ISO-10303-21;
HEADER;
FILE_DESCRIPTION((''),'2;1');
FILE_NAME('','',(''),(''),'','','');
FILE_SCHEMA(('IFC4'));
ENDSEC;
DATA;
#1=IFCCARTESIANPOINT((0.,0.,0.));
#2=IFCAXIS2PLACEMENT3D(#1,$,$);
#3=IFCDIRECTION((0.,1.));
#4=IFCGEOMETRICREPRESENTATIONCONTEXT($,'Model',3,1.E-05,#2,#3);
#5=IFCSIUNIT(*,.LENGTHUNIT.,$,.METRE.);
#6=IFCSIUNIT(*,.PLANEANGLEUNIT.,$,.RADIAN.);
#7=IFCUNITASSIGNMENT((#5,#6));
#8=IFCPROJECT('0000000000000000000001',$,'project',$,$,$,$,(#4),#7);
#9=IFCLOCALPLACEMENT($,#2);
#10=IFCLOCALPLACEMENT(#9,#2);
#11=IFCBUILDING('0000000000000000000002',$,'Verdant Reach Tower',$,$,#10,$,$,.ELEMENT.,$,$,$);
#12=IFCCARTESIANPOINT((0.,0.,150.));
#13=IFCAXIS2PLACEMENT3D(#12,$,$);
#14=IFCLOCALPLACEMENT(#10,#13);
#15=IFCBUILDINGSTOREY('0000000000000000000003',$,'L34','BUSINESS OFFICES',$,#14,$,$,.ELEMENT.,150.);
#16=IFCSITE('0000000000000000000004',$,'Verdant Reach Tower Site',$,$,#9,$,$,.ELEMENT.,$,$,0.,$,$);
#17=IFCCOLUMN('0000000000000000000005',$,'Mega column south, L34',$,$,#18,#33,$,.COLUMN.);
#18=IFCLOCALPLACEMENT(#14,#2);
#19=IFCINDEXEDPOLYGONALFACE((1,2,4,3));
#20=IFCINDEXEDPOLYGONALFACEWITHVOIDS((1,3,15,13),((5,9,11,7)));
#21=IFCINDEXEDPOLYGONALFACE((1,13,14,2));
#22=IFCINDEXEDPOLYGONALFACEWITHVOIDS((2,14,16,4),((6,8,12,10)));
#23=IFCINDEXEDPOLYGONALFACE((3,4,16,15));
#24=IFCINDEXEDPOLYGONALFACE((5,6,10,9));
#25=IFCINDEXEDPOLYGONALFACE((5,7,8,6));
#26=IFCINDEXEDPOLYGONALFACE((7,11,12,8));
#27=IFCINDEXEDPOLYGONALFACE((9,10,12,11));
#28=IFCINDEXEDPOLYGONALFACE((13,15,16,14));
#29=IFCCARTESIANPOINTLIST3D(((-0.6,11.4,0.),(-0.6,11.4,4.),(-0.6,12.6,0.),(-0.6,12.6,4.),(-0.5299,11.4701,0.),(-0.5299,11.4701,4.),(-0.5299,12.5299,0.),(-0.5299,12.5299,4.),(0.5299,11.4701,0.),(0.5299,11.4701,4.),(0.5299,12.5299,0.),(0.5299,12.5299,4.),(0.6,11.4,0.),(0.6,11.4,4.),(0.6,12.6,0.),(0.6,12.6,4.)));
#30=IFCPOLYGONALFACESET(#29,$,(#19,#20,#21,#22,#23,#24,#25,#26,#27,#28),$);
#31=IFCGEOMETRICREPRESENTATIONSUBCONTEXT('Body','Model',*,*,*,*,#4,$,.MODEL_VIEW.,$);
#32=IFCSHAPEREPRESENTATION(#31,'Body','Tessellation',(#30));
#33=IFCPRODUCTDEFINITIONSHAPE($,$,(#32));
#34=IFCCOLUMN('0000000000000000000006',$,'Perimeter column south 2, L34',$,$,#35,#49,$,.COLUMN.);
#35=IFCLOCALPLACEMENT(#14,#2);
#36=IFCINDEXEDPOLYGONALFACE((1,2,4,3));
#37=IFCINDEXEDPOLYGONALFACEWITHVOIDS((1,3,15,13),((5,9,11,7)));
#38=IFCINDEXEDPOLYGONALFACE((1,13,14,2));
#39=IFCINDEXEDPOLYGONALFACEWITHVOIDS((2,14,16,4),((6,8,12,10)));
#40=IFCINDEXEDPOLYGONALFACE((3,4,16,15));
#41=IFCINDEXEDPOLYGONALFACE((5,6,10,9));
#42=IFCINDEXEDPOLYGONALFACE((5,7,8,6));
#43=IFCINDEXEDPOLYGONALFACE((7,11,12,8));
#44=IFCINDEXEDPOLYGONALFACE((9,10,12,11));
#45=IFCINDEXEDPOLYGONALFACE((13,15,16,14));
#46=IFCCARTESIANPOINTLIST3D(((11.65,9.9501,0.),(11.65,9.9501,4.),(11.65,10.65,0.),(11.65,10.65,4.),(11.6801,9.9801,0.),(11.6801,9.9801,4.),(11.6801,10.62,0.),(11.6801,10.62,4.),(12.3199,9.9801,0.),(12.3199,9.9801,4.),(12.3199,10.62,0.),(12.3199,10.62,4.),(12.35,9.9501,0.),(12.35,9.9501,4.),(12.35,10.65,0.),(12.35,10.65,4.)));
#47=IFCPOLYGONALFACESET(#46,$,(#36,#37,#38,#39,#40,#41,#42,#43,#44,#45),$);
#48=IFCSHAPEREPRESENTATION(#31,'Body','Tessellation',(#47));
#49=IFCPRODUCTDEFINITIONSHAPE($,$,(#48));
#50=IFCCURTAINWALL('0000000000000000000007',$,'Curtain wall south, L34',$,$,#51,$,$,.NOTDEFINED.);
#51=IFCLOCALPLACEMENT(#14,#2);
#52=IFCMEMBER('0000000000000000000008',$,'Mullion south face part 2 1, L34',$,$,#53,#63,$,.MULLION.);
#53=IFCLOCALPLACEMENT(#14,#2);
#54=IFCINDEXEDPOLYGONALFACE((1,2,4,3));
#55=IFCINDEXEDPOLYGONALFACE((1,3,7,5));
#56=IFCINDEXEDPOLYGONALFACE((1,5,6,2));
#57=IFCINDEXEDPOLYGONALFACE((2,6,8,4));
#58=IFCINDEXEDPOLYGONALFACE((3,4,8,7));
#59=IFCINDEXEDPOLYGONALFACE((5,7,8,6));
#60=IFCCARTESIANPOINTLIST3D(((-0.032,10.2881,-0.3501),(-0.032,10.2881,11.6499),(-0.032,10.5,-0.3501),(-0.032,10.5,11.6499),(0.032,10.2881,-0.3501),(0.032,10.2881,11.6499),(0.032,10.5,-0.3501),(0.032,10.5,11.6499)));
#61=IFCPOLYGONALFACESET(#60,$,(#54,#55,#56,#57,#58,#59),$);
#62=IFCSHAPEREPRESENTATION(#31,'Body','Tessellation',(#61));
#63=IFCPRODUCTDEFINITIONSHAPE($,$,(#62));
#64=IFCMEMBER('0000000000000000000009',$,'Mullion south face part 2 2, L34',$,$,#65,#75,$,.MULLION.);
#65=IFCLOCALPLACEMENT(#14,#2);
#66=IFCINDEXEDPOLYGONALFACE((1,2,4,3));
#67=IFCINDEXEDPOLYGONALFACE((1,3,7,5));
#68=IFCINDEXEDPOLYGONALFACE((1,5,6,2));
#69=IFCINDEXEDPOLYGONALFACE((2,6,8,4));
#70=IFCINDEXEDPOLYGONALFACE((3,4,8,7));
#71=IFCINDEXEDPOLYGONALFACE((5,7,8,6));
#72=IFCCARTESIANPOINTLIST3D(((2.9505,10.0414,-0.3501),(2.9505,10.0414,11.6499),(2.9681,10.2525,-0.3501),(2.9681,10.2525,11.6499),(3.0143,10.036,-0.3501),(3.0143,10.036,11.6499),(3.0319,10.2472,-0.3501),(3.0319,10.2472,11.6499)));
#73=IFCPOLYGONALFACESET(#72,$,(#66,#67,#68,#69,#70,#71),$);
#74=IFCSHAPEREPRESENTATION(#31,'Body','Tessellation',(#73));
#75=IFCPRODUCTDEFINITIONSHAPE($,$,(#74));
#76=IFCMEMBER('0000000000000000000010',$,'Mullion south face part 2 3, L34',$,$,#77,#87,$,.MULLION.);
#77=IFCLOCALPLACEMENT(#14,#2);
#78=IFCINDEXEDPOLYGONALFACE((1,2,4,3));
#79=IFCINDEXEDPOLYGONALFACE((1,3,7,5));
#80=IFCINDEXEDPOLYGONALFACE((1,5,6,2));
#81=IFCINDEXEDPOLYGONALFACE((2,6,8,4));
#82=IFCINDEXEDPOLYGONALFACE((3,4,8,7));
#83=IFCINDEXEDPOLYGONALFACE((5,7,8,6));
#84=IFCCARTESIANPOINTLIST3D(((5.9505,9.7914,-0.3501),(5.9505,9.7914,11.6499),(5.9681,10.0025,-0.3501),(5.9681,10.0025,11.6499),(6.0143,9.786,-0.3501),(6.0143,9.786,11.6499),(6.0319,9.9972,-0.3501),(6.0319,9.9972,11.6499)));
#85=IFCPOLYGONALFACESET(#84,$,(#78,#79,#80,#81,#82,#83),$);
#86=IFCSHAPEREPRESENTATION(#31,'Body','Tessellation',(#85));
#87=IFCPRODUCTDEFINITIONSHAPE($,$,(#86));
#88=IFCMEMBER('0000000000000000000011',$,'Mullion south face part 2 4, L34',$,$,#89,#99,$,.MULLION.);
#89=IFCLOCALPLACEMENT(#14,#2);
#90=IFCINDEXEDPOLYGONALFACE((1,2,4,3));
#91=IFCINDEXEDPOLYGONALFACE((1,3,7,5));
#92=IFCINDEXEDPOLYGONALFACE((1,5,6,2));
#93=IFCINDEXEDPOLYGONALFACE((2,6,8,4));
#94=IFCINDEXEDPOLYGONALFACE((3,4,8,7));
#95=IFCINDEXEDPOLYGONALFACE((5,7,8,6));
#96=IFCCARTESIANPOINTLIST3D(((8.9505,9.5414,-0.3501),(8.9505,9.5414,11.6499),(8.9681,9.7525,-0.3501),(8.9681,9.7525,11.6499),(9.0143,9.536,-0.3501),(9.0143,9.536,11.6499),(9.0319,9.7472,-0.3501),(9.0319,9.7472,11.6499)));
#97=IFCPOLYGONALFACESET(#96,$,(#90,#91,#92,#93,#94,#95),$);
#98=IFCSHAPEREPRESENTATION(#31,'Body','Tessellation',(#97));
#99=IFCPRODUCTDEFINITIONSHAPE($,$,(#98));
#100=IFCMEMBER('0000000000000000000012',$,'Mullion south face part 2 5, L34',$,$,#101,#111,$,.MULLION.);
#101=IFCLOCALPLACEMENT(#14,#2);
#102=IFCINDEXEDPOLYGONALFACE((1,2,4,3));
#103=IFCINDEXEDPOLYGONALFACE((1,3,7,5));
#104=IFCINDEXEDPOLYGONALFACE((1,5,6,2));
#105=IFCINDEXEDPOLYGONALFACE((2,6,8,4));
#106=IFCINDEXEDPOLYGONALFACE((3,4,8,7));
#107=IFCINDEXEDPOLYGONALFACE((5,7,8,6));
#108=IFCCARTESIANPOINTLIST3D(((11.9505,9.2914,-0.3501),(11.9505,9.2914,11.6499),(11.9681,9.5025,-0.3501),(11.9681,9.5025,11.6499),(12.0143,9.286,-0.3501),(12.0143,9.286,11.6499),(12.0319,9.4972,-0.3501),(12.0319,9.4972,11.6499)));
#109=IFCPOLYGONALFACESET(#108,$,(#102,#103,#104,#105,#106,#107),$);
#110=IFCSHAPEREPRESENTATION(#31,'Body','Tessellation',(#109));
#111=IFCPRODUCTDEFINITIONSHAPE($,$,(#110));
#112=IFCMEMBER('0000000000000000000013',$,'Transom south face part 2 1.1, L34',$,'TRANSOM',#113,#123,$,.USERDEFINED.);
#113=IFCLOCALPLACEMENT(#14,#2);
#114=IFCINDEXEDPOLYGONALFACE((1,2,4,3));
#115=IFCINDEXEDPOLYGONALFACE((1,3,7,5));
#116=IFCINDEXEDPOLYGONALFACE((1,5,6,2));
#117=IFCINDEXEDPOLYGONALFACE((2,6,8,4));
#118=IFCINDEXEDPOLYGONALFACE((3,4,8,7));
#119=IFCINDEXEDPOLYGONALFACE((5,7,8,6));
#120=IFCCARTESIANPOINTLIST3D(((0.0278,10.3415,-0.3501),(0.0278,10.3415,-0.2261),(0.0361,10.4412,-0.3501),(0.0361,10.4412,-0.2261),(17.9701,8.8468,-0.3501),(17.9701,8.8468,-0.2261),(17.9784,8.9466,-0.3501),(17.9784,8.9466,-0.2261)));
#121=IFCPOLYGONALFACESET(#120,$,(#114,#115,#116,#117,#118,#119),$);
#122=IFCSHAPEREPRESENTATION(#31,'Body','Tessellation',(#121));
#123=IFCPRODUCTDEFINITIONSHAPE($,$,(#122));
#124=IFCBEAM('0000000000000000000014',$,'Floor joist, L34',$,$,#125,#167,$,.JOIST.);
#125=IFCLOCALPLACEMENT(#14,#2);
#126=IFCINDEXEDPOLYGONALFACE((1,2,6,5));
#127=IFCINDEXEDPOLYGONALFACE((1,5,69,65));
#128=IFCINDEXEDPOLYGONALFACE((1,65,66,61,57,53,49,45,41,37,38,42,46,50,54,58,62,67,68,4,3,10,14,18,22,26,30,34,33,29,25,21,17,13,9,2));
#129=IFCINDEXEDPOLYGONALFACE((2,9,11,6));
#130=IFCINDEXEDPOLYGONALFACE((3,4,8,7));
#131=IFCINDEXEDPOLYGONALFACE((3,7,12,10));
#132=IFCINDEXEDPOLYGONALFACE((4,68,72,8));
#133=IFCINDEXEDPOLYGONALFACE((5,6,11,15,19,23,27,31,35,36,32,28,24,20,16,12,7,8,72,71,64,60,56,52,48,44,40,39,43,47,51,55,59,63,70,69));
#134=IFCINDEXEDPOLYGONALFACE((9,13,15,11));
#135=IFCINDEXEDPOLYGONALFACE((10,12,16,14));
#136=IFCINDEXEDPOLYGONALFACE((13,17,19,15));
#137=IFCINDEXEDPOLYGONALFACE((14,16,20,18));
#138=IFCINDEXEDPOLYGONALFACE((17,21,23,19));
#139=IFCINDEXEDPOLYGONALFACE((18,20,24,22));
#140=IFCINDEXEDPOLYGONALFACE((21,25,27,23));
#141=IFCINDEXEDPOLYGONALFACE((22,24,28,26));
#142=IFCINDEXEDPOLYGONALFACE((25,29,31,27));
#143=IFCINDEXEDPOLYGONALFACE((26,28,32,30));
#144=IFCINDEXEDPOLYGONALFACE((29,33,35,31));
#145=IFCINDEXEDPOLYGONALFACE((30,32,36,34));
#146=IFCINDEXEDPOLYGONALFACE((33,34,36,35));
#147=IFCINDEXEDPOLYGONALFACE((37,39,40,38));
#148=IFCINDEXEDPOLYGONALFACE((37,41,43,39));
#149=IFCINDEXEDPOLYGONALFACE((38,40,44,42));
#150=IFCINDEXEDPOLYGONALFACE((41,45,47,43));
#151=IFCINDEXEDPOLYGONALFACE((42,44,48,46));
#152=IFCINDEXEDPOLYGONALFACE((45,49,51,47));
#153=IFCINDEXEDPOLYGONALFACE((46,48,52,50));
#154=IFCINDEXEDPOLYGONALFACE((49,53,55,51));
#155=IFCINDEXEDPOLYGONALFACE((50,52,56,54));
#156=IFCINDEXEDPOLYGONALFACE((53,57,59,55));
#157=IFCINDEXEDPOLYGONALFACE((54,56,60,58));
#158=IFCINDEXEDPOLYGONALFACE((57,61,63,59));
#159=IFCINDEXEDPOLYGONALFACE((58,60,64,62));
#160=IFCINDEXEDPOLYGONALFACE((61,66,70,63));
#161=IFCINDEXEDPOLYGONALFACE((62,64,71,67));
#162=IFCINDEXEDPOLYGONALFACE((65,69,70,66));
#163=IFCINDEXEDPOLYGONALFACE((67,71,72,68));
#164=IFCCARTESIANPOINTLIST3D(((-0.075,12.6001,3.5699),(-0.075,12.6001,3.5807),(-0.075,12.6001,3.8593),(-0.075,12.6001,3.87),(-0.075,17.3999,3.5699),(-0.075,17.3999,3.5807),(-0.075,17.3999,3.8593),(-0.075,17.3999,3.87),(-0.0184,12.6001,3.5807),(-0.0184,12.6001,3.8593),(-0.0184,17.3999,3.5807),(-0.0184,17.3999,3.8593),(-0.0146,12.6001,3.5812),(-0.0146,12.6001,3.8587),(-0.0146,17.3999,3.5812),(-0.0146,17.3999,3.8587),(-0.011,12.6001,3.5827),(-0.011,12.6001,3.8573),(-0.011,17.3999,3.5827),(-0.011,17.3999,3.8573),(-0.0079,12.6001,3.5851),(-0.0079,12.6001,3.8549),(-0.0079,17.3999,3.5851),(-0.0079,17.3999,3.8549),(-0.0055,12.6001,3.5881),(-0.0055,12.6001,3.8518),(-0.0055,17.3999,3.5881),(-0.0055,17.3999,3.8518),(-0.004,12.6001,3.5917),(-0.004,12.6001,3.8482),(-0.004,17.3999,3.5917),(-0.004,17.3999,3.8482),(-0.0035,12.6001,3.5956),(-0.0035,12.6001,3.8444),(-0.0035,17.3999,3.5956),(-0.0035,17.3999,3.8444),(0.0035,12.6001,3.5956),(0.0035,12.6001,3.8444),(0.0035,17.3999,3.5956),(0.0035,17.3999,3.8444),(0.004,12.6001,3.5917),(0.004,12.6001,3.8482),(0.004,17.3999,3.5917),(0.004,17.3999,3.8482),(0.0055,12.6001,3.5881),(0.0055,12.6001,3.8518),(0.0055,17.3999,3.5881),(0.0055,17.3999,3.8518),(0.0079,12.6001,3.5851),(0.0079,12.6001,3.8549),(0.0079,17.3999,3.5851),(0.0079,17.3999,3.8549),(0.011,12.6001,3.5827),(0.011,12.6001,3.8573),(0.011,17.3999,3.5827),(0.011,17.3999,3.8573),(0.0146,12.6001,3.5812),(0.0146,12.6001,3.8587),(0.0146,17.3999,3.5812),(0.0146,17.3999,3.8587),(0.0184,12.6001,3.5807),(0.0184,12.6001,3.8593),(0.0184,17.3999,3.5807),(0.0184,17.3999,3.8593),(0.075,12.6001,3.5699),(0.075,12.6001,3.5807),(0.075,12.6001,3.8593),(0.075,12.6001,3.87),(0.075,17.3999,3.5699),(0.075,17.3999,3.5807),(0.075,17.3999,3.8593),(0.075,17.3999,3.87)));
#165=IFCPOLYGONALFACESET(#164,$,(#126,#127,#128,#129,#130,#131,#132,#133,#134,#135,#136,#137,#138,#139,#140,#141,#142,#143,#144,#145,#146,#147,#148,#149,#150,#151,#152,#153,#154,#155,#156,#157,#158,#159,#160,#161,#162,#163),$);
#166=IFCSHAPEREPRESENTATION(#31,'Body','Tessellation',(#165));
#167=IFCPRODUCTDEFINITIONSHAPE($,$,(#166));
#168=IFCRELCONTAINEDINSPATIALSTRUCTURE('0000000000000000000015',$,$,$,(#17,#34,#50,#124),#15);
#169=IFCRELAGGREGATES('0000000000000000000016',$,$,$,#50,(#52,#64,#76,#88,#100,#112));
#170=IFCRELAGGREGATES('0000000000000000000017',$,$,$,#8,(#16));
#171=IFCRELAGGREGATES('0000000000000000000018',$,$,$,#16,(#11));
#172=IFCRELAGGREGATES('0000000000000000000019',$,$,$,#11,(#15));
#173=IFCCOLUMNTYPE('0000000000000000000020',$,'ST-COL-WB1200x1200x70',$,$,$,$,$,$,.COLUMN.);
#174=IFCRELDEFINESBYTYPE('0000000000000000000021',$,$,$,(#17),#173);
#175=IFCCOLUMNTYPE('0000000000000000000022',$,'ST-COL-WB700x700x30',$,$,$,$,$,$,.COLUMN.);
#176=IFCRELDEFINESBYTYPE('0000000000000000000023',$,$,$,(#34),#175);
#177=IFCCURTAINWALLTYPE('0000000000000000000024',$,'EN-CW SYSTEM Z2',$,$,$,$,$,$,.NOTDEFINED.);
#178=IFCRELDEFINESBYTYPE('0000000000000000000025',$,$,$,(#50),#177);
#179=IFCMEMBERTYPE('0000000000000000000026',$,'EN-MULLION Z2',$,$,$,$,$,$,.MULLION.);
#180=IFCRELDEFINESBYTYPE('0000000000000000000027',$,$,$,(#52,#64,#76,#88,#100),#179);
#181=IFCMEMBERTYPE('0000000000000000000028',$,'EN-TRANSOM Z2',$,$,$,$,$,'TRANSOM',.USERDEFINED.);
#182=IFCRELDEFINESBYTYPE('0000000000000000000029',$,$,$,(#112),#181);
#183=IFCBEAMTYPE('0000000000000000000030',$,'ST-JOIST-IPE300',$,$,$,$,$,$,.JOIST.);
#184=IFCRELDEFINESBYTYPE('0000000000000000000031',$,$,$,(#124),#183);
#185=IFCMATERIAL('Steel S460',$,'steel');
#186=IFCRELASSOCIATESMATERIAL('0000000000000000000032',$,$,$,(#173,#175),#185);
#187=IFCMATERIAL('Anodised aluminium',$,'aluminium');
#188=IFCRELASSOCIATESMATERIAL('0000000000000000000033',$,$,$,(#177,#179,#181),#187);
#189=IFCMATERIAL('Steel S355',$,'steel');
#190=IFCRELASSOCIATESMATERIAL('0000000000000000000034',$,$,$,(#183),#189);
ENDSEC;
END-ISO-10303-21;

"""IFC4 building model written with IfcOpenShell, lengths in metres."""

from ifc_helpers import new_model, si_unit, direction, frame, origin, origin_2d, place, context, subcontext, project, spatial, rectangle, hollow_rectangle, i_section, extrude, material, material_profile, profile_set, type_object, element, aggregate, save


model = new_model("IFC4")

# Units and contexts
model_context = context("Model", 3, precision=1e-05, world=origin(), true_north=direction((0.0, 1.0)))
body_context = subcontext(model_context, "Body", "Model", "MODEL_VIEW")
ifc_project = project(units=[si_unit("LENGTHUNIT", "METRE"), si_unit("PLANEANGLEUNIT", "RADIAN")], contexts=[model_context])

# Site, building, storey
site_placement = place(None, origin())
site = spatial("IfcSite", under=ifc_project, at=site_placement, Name="Verdant Reach Tower Site", CompositionType="ELEMENT", RefElevation=0.0)
building_placement = place(site_placement, origin())
building = spatial("IfcBuilding", under=site, at=building_placement, Name="Verdant Reach Tower", CompositionType="ELEMENT")
storey_placement = place(building_placement, frame((0.0, 0.0, 150.0)))
storey = spatial("IfcBuildingStorey", under=building, at=storey_placement, Name="L34", Description="BUSINESS OFFICES", CompositionType="ELEMENT", Elevation=150.0)

# Columns
ifc_material_1 = material(Name="Steel S460", Category="steel")
ifc_material_profile_1 = material_profile(ifc_material_1, hollow_rectangle(XDim=1.2, YDim=1.2, WallThickness=0.0701, at=origin_2d()), Name="WB 1200x1200x70")
ifc_profile_set_1 = profile_set([ifc_material_profile_1], Name="Steel S460")
column_type_1 = type_object("IfcColumnType", Name="ST-COL-WB1200x1200x70", PredefinedType="COLUMN", material=ifc_profile_set_1)
column_1_placement = place(storey_placement, frame((0.0, 12.0, 0.0), z_axis=(0.0, 0.0, 1.0), x_axis=(1.0, 0.0, 0.0)))
element("IfcColumn", 1, at=column_1_placement, inside=storey, type_object=column_type_1, Name="Mega column south, L34", PredefinedType="COLUMN", context=body_context, shape_type="SweptSolid", body=[
    extrude(hollow_rectangle(XDim=1.2, YDim=1.2, WallThickness=0.0701, at=origin_2d()), origin(), (0.0, 0.0, 1.0), 4.0),
])
ifc_material_profile_2 = material_profile(ifc_material_1, hollow_rectangle(XDim=0.7, YDim=0.7, WallThickness=0.03, at=origin_2d()), Name="WB 700x700x30")
ifc_profile_set_2 = profile_set([ifc_material_profile_2], Name="Steel S460")
column_type_2 = type_object("IfcColumnType", Name="ST-COL-WB700x700x30", PredefinedType="COLUMN", material=ifc_profile_set_2)
column_2_placement = place(storey_placement, frame((12.0, 10.3, 0.0), z_axis=(0.0, 0.0, 1.0), x_axis=(1.0, 0.0, 0.0)))
element("IfcColumn", 2, at=column_2_placement, inside=storey, type_object=column_type_2, Name="Perimeter column south 2, L34", PredefinedType="COLUMN", context=body_context, shape_type="SweptSolid", body=[
    extrude(hollow_rectangle(XDim=0.7, YDim=0.7, WallThickness=0.03, at=origin_2d()), origin(), (0.0, 0.0, 1.0), 4.0),
])

# Curtain wall, members
ifc_material_2 = material(Name="Anodised aluminium", Category="aluminium")
curtain_wall_type = type_object("IfcCurtainWallType", Name="EN-CW SYSTEM Z2", PredefinedType="NOTDEFINED", material=ifc_material_2)
curtain_wall_placement = place(storey_placement, origin())
curtain_wall = element("IfcCurtainWall", 3, at=curtain_wall_placement, inside=storey, type_object=curtain_wall_type, Name="Curtain wall south, L34", PredefinedType="NOTDEFINED")
ifc_material_profile_3 = material_profile(ifc_material_2, rectangle(XDim=0.2119, YDim=0.064, at=origin_2d()), Name="Mullion 64x212")
ifc_profile_set_3 = profile_set([ifc_material_profile_3], Name="Anodised aluminium")
member_type_1 = type_object("IfcMemberType", Name="EN-MULLION Z2", PredefinedType="MULLION", material=ifc_profile_set_3)
member_1_placement = place(storey_placement, frame((0.0, 10.394, -0.3501), z_axis=(0.0, 0.0, 1.0), x_axis=(0.0, -1.0, 0.0)))
member_1 = element("IfcMember", 4, at=member_1_placement, type_object=member_type_1, Name="Mullion south face part 2 1, L34", PredefinedType="MULLION", context=body_context, shape_type="SweptSolid", body=[
    extrude(rectangle(XDim=0.2119, YDim=0.064, at=origin_2d()), origin(), (0.0, 0.0, 1.0), 12.0),
])
member_2_placement = place(storey_placement, frame((2.9912, 10.1443, -0.3501), z_axis=(0.0, 0.0, 1.0), x_axis=(-0.083045, -0.996546, 0.0)))
member_2 = element("IfcMember", 5, at=member_2_placement, type_object=member_type_1, Name="Mullion south face part 2 2, L34", PredefinedType="MULLION", context=body_context, shape_type="SweptSolid", body=[
    extrude(rectangle(XDim=0.2119, YDim=0.064, at=origin_2d()), origin(), (0.0, 0.0, 1.0), 12.0),
])
member_3_placement = place(storey_placement, frame((5.9912, 9.8943, -0.3501), z_axis=(0.0, 0.0, 1.0), x_axis=(-0.083045, -0.996546, 0.0)))
member_3 = element("IfcMember", 6, at=member_3_placement, type_object=member_type_1, Name="Mullion south face part 2 3, L34", PredefinedType="MULLION", context=body_context, shape_type="SweptSolid", body=[
    extrude(rectangle(XDim=0.2119, YDim=0.064, at=origin_2d()), origin(), (0.0, 0.0, 1.0), 12.0),
])
member_4_placement = place(storey_placement, frame((8.9912, 9.6443, -0.3501), z_axis=(0.0, 0.0, 1.0), x_axis=(-0.083045, -0.996546, 0.0)))
member_4 = element("IfcMember", 7, at=member_4_placement, type_object=member_type_1, Name="Mullion south face part 2 4, L34", PredefinedType="MULLION", context=body_context, shape_type="SweptSolid", body=[
    extrude(rectangle(XDim=0.2119, YDim=0.064, at=origin_2d()), origin(), (0.0, 0.0, 1.0), 12.0),
])
member_5_placement = place(storey_placement, frame((11.9912, 9.3943, -0.3501), z_axis=(0.0, 0.0, 1.0), x_axis=(-0.083045, -0.996546, 0.0)))
member_5 = element("IfcMember", 8, at=member_5_placement, type_object=member_type_1, Name="Mullion south face part 2 5, L34", PredefinedType="MULLION", context=body_context, shape_type="SweptSolid", body=[
    extrude(rectangle(XDim=0.2119, YDim=0.064, at=origin_2d()), origin(), (0.0, 0.0, 1.0), 12.0),
])
ifc_material_profile_4 = material_profile(ifc_material_2, rectangle(XDim=0.1001, YDim=0.124, at=origin_2d()), Name="Transom 124x100")
ifc_profile_set_4 = profile_set([ifc_material_profile_4], Name="Anodised aluminium")
member_type_2 = type_object("IfcMemberType", Name="EN-TRANSOM Z2", ElementType="TRANSOM", PredefinedType="USERDEFINED", material=ifc_profile_set_4)
member_6_placement = place(storey_placement, frame((0.032, 10.3914, -0.2881), z_axis=(0.996548, -0.083015, 0.0), x_axis=(0.083015, 0.996548, 0.0)))
member_6 = element("IfcMember", 9, at=member_6_placement, type_object=member_type_2, Name="Transom south face part 2 1.1, L34", ObjectType="TRANSOM", PredefinedType="USERDEFINED", context=body_context, shape_type="SweptSolid", body=[
    extrude(rectangle(XDim=0.1001, YDim=0.124, at=origin_2d()), origin(), (0.0, 0.0, 1.0), 18.0044),
])

# Beam
ifc_material_3 = material(Name="Steel S355", Category="steel")
ifc_material_profile_5 = material_profile(ifc_material_3, i_section(OverallWidth=0.1499, OverallDepth=0.3, WebThickness=0.0071, FlangeThickness=0.0107, FilletRadius=0.0149, at=origin_2d()), Name="IPE 300")
ifc_profile_set_5 = profile_set([ifc_material_profile_5], Name="Steel S355")
beam_type_1 = type_object("IfcBeamType", Name="ST-JOIST-IPE300", PredefinedType="JOIST", material=ifc_profile_set_5)
beam_1_placement = place(storey_placement, frame((0.0, 17.3999, 3.72), z_axis=(0.0, -1.0, 0.0), x_axis=(1.0, 0.0, 0.0)))
element("IfcBeam", 10, at=beam_1_placement, inside=storey, type_object=beam_type_1, Name="Floor joist, L34", PredefinedType="JOIST", context=body_context, shape_type="SweptSolid", body=[
    extrude(i_section(OverallWidth=0.1499, OverallDepth=0.3, WebThickness=0.0071, FlangeThickness=0.0107, FilletRadius=0.0149, at=origin_2d()), origin(), (0.0, 0.0, 1.0), 4.7998),
])

aggregate(curtain_wall, [member_1, member_2, member_3, member_4, member_5, member_6])

save(model, "model.ifc")
